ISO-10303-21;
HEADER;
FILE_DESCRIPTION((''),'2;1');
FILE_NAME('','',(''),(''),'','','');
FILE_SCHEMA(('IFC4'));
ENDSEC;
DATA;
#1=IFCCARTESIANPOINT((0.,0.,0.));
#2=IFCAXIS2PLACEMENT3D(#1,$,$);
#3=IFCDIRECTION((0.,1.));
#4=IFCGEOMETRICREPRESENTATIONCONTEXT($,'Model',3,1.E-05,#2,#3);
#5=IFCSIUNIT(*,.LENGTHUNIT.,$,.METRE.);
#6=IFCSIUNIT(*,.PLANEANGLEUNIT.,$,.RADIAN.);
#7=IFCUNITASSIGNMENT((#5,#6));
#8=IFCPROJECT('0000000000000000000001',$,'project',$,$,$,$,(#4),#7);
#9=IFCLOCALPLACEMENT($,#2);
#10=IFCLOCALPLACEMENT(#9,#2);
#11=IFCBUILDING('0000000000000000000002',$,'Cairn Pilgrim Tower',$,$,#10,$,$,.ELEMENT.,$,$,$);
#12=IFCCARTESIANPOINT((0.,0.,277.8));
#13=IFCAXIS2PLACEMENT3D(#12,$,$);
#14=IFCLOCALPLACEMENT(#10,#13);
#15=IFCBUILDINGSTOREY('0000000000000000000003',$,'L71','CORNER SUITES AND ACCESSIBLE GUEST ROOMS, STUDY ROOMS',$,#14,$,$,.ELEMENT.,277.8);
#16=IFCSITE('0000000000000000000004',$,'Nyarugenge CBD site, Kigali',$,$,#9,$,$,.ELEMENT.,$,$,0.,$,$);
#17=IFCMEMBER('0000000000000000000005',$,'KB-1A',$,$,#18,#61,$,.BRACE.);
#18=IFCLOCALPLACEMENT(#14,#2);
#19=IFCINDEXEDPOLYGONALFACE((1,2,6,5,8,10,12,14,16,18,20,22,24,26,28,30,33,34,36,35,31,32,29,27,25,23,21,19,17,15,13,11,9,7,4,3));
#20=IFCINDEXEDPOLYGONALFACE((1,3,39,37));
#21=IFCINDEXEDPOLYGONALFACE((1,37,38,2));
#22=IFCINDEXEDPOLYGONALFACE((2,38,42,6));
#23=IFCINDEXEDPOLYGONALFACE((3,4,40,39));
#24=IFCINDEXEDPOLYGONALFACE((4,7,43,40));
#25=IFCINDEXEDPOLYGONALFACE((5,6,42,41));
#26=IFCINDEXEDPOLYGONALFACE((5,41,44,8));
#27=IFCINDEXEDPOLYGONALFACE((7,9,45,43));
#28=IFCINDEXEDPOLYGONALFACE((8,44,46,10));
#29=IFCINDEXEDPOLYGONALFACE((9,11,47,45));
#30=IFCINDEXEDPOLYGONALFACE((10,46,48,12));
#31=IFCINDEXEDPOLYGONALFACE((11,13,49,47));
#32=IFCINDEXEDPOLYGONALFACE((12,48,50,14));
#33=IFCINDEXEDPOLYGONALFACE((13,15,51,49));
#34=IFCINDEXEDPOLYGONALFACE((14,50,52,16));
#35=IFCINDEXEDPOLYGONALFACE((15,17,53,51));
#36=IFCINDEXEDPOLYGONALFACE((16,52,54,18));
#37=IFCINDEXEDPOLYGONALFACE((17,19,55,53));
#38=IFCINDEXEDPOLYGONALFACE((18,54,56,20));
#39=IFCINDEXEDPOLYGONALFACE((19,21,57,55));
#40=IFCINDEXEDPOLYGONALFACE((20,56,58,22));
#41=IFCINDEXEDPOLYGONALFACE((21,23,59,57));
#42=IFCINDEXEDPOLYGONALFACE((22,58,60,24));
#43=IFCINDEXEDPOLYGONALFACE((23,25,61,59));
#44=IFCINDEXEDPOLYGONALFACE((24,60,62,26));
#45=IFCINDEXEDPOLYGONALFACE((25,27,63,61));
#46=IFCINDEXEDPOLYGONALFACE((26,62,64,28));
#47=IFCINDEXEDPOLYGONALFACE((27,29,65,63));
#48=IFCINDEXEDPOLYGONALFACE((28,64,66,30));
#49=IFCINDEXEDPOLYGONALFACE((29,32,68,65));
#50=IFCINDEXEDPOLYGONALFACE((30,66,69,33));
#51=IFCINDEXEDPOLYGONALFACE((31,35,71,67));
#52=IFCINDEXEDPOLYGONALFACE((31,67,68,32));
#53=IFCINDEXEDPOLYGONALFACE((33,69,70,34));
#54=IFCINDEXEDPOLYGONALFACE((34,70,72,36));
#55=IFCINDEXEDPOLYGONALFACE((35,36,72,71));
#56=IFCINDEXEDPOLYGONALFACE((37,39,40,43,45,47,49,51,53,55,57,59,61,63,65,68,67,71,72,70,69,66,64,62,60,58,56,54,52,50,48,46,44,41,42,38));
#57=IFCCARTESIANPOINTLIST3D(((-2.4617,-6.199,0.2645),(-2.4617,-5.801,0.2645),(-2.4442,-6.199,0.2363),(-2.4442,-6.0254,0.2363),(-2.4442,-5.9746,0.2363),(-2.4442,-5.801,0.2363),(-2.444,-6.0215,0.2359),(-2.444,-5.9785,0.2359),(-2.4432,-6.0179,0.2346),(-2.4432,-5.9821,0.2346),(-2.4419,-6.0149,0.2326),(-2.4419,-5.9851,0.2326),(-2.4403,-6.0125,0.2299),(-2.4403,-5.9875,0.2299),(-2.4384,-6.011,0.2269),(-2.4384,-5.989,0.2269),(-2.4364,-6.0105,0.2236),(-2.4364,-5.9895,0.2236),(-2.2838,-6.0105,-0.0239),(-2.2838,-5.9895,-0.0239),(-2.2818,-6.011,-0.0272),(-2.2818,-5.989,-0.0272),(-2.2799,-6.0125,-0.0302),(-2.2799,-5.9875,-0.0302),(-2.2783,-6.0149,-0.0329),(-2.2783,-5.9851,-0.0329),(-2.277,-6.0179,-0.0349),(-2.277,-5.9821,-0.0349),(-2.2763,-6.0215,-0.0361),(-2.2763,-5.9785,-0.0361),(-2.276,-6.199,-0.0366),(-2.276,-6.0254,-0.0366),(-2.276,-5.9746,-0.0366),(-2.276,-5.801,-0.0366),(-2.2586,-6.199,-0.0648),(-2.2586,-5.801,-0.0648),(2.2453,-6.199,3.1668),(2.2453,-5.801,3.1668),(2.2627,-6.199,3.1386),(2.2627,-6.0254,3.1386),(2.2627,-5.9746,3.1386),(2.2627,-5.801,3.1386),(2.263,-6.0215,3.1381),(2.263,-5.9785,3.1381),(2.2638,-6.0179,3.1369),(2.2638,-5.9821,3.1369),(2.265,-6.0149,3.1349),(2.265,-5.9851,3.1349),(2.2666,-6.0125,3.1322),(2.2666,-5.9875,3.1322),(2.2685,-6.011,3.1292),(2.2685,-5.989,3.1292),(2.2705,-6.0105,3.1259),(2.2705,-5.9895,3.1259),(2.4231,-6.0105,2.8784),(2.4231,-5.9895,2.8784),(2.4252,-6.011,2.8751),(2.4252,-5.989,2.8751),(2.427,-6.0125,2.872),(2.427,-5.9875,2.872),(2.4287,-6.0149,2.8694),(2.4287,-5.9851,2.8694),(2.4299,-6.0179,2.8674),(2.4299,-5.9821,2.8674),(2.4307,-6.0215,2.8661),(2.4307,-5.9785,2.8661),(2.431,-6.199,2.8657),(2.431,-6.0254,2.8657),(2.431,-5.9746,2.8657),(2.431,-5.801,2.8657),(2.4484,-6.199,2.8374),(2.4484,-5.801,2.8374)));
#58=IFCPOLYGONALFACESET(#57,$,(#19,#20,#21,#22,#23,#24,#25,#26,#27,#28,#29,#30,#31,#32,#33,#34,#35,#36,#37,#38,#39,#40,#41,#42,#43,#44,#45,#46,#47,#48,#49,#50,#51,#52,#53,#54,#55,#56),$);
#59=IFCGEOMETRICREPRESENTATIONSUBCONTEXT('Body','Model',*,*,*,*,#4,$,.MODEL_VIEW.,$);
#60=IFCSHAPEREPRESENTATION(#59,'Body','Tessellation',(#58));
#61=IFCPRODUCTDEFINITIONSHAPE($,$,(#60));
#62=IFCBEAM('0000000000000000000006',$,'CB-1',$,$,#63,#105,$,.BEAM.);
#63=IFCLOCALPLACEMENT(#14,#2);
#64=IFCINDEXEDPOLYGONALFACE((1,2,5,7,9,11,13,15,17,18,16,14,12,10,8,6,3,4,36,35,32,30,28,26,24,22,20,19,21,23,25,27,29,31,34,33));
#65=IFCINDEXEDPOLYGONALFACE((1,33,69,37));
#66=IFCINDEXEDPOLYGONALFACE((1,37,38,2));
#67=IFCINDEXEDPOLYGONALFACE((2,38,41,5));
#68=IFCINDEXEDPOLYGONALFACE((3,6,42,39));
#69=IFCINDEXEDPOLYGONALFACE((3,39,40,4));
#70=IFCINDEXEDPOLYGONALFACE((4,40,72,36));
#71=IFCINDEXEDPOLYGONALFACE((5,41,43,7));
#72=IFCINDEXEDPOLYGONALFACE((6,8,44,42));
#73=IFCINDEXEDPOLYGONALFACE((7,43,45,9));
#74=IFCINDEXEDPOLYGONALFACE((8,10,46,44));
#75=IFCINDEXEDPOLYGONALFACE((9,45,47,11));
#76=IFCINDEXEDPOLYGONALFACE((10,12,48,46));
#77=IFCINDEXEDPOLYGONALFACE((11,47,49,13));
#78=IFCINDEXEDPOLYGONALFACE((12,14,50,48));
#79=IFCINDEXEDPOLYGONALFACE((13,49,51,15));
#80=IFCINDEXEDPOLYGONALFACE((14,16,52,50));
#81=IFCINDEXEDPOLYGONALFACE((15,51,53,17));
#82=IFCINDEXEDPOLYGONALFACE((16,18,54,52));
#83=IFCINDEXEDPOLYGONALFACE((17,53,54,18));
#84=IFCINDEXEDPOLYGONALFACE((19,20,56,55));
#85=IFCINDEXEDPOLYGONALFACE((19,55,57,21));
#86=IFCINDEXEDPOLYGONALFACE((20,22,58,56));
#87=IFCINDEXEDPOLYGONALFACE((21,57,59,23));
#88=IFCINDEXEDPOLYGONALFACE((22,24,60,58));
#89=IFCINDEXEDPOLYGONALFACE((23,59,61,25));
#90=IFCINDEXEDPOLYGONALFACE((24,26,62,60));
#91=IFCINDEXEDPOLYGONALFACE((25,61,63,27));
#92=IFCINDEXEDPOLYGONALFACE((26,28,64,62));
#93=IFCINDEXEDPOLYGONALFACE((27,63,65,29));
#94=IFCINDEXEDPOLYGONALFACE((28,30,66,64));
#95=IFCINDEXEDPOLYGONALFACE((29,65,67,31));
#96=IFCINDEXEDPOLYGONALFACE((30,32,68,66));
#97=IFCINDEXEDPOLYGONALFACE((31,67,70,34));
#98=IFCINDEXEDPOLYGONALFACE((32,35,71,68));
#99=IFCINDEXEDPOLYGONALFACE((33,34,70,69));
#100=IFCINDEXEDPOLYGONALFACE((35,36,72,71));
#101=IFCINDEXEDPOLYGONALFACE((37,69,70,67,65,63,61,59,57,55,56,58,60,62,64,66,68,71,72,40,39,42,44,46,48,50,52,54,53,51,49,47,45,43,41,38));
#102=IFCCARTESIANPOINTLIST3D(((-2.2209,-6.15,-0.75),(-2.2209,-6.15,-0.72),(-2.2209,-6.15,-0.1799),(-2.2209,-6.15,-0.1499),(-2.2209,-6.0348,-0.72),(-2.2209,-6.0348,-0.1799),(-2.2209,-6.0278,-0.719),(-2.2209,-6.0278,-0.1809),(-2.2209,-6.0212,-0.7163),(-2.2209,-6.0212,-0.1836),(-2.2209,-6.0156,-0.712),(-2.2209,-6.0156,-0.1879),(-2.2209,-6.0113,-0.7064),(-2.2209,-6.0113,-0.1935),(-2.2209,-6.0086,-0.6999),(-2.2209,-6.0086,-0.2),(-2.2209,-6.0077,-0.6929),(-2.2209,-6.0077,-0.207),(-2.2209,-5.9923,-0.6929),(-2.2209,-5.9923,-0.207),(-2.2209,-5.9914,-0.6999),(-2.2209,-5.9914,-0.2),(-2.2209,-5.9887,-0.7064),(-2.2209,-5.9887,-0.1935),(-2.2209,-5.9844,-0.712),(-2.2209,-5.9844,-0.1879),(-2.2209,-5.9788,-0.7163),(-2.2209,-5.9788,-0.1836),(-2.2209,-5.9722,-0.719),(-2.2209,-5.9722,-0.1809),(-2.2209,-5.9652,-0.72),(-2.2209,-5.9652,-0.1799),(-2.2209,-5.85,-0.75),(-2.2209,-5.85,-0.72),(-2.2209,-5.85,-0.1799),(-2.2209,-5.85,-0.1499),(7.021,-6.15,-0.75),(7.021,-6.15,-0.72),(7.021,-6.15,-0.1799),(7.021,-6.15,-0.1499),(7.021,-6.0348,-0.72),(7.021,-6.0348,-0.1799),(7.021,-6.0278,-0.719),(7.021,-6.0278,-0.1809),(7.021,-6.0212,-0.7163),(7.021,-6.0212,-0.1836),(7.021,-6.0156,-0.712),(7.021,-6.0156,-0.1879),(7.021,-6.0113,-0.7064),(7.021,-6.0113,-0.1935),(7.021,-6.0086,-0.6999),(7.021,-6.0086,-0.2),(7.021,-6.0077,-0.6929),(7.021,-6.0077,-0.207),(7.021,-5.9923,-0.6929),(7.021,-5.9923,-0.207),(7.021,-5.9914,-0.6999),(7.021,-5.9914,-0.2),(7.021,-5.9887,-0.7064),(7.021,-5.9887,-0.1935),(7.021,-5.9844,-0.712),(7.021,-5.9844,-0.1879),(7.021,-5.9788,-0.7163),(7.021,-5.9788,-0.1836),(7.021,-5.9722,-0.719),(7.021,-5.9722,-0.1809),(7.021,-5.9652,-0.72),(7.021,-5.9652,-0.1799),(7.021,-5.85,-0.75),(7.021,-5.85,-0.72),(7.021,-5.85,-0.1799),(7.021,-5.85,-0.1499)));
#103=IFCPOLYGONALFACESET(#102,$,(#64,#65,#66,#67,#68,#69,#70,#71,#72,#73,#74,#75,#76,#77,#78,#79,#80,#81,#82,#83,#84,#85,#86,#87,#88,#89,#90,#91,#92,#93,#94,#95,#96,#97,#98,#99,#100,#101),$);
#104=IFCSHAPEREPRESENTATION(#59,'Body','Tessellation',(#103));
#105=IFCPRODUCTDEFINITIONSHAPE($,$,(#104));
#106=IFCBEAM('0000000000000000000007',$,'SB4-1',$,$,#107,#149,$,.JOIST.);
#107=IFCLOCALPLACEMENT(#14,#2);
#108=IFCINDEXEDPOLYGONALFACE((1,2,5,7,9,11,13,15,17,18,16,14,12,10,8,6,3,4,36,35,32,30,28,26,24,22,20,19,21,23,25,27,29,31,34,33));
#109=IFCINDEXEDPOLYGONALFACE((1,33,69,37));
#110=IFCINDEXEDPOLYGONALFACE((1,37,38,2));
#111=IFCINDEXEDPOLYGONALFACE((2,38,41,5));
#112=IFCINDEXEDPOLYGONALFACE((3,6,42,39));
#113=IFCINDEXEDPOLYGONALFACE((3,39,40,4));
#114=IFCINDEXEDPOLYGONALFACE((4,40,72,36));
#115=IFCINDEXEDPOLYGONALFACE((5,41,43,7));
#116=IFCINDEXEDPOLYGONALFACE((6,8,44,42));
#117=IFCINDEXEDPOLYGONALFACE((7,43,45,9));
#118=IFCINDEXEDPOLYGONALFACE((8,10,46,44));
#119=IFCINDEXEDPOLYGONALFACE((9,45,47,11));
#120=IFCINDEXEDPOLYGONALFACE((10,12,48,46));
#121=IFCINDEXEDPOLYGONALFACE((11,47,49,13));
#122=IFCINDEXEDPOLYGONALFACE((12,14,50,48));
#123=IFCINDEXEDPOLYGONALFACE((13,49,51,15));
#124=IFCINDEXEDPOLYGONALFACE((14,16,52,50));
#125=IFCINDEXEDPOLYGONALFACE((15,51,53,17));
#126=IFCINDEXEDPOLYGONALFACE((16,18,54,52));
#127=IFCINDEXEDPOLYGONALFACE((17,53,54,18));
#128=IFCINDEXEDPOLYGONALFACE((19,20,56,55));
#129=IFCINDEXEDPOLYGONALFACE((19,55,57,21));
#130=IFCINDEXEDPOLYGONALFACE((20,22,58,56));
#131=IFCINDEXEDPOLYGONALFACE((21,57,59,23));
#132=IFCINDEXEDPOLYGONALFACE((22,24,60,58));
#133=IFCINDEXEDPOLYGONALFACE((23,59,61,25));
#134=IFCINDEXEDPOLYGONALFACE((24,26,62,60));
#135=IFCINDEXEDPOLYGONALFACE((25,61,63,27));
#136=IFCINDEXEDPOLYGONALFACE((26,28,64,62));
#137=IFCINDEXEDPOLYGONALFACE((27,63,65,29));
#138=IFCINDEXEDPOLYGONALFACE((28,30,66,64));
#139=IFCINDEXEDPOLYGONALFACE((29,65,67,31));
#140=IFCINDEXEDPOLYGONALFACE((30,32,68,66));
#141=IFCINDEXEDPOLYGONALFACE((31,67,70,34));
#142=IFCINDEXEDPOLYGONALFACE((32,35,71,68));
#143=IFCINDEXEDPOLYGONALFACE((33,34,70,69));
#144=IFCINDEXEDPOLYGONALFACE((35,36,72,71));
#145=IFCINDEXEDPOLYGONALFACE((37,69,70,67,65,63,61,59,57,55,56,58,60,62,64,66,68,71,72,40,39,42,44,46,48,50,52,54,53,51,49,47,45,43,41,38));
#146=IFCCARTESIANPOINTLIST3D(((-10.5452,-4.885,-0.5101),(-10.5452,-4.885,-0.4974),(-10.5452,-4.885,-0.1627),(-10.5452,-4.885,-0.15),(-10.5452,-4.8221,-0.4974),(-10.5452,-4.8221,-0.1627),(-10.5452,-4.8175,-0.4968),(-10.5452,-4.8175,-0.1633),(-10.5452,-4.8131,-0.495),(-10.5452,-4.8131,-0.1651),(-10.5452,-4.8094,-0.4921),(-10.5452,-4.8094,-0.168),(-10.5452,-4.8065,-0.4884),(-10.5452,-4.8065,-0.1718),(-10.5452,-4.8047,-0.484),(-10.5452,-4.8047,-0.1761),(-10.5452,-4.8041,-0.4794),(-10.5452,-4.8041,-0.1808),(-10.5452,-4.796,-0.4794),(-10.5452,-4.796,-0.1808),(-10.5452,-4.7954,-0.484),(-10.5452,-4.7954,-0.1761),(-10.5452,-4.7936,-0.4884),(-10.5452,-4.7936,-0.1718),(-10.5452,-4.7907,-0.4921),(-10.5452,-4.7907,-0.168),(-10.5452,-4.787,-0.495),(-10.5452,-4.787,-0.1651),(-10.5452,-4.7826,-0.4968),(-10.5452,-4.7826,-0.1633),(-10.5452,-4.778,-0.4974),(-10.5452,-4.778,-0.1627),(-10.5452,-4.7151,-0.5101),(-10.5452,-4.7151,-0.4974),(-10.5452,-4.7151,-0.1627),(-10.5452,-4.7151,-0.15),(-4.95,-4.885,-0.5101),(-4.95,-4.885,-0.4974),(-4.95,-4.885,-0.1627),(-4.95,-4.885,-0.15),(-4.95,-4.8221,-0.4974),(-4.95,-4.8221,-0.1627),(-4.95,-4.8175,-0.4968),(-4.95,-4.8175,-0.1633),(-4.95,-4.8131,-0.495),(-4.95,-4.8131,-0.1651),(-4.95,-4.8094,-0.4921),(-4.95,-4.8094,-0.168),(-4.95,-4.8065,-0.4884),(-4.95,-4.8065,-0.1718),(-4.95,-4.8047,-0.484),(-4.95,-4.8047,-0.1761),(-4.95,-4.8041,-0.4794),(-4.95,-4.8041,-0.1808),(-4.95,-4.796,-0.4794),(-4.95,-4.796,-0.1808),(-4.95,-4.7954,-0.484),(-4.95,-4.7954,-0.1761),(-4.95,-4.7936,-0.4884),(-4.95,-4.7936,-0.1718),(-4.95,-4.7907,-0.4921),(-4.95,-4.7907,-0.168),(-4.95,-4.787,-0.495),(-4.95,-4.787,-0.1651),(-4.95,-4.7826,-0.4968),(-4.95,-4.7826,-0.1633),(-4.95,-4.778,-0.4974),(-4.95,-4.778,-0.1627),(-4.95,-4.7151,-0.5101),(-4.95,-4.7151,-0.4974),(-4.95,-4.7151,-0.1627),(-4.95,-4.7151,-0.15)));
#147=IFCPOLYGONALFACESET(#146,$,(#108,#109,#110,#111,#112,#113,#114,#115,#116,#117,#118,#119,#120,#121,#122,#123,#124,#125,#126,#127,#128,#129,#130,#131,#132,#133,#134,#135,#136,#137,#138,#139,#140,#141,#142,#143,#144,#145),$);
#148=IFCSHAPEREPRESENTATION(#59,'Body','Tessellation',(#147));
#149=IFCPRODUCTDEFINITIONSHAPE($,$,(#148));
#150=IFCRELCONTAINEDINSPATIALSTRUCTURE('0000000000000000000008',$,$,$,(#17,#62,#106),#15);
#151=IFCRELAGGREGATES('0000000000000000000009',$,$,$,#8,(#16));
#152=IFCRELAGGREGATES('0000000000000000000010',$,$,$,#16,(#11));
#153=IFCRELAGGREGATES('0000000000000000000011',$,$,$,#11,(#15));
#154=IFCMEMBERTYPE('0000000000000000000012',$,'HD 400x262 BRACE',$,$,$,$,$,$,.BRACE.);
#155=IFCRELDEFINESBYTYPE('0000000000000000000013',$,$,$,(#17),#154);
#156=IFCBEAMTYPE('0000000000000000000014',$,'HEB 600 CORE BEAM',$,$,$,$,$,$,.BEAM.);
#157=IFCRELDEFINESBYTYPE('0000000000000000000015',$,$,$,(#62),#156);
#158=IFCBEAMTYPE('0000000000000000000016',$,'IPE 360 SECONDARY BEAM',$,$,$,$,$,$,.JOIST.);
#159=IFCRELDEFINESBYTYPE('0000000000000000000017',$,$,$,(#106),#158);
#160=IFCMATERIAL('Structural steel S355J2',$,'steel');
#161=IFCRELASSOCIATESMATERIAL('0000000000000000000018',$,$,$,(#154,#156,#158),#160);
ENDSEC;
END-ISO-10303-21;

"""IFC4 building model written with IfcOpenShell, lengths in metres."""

from ifc_helpers import new_model, si_unit, direction, frame, origin, origin_2d, place, context, subcontext, project, spatial, i_section, extrude, material, material_profile, profile_set, type_object, element, save


model = new_model("IFC4")

# Units and contexts
model_context = context("Model", 3, precision=1e-05, world=origin(), true_north=direction((0.0, 1.0)))
body_context = subcontext(model_context, "Body", "Model", "MODEL_VIEW")
ifc_project = project(units=[si_unit("LENGTHUNIT", "METRE"), si_unit("PLANEANGLEUNIT", "RADIAN")], contexts=[model_context])

# Site, building, storey
site_placement = place(None, origin())
site = spatial("IfcSite", under=ifc_project, at=site_placement, Name="Nyarugenge CBD site, Kigali", CompositionType="ELEMENT", RefElevation=0.0)
building_placement = place(site_placement, origin())
building = spatial("IfcBuilding", under=site, at=building_placement, Name="Cairn Pilgrim Tower", CompositionType="ELEMENT")
storey_placement = place(building_placement, frame((0.0, 0.0, 277.8)))
storey = spatial("IfcBuildingStorey", under=building, at=storey_placement, Name="L71", Description="CORNER SUITES AND ACCESSIBLE GUEST ROOMS, STUDY ROOMS", CompositionType="ELEMENT", Elevation=277.8)

# Shared definitions
ifc_material_1 = material(Name="Structural steel S355J2", Category="steel")

# Member
ifc_material_profile_1 = material_profile(ifc_material_1, i_section(OverallWidth=0.3979, OverallDepth=0.387, WebThickness=0.021, FlangeThickness=0.0332, FilletRadius=0.0149, at=origin_2d()), Name="HD 400x262")
ifc_profile_set_1 = profile_set([ifc_material_profile_1], Name="Structural steel S355J2")
member_type_1 = type_object("IfcMemberType", Name="HD 400x262 BRACE", PredefinedType="BRACE", material=ifc_profile_set_1)
member_1_placement = place(storey_placement, frame((-2.3601, -6.0, 0.0999), z_axis=(0.851197, 0.0, 0.524846), x_axis=(0.0, 1.0, 0.0)))
element("IfcMember", 1, at=member_1_placement, inside=storey, type_object=member_type_1, Name="KB-1A", PredefinedType="BRACE", context=body_context, shape_type="SweptSolid", body=[
    extrude(i_section(OverallWidth=0.3979, OverallDepth=0.387, WebThickness=0.021, FlangeThickness=0.0332, FilletRadius=0.0149, at=origin_2d()), origin(), (0.0, 0.0, 1.0), 5.5298),
])

# Beams
ifc_material_profile_2 = material_profile(ifc_material_1, i_section(OverallWidth=0.3, OverallDepth=0.6001, WebThickness=0.0154, FlangeThickness=0.03, FilletRadius=0.0271, at=origin_2d()), Name="HEB 600")
ifc_profile_set_2 = profile_set([ifc_material_profile_2], Name="Structural steel S355J2")
beam_type_1 = type_object("IfcBeamType", Name="HEB 600 CORE BEAM", PredefinedType="BEAM", material=ifc_profile_set_2)
beam_1_placement = place(storey_placement, frame((-2.2209, -6.0, -0.45), z_axis=(1.0, 0.0, 0.0), x_axis=(0.0, 1.0, 0.0)))
element("IfcBeam", 2, at=beam_1_placement, inside=storey, type_object=beam_type_1, Name="CB-1", PredefinedType="BEAM", context=body_context, shape_type="SweptSolid", body=[
    extrude(i_section(OverallWidth=0.3, OverallDepth=0.6001, WebThickness=0.0154, FlangeThickness=0.03, FilletRadius=0.0271, at=origin_2d()), origin(), (0.0, 0.0, 1.0), 9.2419),
])
ifc_material_profile_3 = material_profile(ifc_material_1, i_section(OverallWidth=0.1699, OverallDepth=0.3601, WebThickness=0.0081, FlangeThickness=0.0127, FilletRadius=0.0181, at=origin_2d()), Name="IPE 360")
ifc_profile_set_3 = profile_set([ifc_material_profile_3], Name="Structural steel S355J2")
beam_type_2 = type_object("IfcBeamType", Name="IPE 360 SECONDARY BEAM", PredefinedType="JOIST", material=ifc_profile_set_3)
beam_2_placement = place(storey_placement, frame((-10.5452, -4.8, -0.3301), z_axis=(1.0, 0.0, 0.0), x_axis=(0.0, 1.0, 0.0)))
element("IfcBeam", 3, at=beam_2_placement, inside=storey, type_object=beam_type_2, Name="SB4-1", PredefinedType="JOIST", context=body_context, shape_type="SweptSolid", body=[
    extrude(i_section(OverallWidth=0.1699, OverallDepth=0.3601, WebThickness=0.0081, FlangeThickness=0.0127, FilletRadius=0.0181, at=origin_2d()), origin(), (0.0, 0.0, 1.0), 5.5952),
])

save(model, "model.ifc")
